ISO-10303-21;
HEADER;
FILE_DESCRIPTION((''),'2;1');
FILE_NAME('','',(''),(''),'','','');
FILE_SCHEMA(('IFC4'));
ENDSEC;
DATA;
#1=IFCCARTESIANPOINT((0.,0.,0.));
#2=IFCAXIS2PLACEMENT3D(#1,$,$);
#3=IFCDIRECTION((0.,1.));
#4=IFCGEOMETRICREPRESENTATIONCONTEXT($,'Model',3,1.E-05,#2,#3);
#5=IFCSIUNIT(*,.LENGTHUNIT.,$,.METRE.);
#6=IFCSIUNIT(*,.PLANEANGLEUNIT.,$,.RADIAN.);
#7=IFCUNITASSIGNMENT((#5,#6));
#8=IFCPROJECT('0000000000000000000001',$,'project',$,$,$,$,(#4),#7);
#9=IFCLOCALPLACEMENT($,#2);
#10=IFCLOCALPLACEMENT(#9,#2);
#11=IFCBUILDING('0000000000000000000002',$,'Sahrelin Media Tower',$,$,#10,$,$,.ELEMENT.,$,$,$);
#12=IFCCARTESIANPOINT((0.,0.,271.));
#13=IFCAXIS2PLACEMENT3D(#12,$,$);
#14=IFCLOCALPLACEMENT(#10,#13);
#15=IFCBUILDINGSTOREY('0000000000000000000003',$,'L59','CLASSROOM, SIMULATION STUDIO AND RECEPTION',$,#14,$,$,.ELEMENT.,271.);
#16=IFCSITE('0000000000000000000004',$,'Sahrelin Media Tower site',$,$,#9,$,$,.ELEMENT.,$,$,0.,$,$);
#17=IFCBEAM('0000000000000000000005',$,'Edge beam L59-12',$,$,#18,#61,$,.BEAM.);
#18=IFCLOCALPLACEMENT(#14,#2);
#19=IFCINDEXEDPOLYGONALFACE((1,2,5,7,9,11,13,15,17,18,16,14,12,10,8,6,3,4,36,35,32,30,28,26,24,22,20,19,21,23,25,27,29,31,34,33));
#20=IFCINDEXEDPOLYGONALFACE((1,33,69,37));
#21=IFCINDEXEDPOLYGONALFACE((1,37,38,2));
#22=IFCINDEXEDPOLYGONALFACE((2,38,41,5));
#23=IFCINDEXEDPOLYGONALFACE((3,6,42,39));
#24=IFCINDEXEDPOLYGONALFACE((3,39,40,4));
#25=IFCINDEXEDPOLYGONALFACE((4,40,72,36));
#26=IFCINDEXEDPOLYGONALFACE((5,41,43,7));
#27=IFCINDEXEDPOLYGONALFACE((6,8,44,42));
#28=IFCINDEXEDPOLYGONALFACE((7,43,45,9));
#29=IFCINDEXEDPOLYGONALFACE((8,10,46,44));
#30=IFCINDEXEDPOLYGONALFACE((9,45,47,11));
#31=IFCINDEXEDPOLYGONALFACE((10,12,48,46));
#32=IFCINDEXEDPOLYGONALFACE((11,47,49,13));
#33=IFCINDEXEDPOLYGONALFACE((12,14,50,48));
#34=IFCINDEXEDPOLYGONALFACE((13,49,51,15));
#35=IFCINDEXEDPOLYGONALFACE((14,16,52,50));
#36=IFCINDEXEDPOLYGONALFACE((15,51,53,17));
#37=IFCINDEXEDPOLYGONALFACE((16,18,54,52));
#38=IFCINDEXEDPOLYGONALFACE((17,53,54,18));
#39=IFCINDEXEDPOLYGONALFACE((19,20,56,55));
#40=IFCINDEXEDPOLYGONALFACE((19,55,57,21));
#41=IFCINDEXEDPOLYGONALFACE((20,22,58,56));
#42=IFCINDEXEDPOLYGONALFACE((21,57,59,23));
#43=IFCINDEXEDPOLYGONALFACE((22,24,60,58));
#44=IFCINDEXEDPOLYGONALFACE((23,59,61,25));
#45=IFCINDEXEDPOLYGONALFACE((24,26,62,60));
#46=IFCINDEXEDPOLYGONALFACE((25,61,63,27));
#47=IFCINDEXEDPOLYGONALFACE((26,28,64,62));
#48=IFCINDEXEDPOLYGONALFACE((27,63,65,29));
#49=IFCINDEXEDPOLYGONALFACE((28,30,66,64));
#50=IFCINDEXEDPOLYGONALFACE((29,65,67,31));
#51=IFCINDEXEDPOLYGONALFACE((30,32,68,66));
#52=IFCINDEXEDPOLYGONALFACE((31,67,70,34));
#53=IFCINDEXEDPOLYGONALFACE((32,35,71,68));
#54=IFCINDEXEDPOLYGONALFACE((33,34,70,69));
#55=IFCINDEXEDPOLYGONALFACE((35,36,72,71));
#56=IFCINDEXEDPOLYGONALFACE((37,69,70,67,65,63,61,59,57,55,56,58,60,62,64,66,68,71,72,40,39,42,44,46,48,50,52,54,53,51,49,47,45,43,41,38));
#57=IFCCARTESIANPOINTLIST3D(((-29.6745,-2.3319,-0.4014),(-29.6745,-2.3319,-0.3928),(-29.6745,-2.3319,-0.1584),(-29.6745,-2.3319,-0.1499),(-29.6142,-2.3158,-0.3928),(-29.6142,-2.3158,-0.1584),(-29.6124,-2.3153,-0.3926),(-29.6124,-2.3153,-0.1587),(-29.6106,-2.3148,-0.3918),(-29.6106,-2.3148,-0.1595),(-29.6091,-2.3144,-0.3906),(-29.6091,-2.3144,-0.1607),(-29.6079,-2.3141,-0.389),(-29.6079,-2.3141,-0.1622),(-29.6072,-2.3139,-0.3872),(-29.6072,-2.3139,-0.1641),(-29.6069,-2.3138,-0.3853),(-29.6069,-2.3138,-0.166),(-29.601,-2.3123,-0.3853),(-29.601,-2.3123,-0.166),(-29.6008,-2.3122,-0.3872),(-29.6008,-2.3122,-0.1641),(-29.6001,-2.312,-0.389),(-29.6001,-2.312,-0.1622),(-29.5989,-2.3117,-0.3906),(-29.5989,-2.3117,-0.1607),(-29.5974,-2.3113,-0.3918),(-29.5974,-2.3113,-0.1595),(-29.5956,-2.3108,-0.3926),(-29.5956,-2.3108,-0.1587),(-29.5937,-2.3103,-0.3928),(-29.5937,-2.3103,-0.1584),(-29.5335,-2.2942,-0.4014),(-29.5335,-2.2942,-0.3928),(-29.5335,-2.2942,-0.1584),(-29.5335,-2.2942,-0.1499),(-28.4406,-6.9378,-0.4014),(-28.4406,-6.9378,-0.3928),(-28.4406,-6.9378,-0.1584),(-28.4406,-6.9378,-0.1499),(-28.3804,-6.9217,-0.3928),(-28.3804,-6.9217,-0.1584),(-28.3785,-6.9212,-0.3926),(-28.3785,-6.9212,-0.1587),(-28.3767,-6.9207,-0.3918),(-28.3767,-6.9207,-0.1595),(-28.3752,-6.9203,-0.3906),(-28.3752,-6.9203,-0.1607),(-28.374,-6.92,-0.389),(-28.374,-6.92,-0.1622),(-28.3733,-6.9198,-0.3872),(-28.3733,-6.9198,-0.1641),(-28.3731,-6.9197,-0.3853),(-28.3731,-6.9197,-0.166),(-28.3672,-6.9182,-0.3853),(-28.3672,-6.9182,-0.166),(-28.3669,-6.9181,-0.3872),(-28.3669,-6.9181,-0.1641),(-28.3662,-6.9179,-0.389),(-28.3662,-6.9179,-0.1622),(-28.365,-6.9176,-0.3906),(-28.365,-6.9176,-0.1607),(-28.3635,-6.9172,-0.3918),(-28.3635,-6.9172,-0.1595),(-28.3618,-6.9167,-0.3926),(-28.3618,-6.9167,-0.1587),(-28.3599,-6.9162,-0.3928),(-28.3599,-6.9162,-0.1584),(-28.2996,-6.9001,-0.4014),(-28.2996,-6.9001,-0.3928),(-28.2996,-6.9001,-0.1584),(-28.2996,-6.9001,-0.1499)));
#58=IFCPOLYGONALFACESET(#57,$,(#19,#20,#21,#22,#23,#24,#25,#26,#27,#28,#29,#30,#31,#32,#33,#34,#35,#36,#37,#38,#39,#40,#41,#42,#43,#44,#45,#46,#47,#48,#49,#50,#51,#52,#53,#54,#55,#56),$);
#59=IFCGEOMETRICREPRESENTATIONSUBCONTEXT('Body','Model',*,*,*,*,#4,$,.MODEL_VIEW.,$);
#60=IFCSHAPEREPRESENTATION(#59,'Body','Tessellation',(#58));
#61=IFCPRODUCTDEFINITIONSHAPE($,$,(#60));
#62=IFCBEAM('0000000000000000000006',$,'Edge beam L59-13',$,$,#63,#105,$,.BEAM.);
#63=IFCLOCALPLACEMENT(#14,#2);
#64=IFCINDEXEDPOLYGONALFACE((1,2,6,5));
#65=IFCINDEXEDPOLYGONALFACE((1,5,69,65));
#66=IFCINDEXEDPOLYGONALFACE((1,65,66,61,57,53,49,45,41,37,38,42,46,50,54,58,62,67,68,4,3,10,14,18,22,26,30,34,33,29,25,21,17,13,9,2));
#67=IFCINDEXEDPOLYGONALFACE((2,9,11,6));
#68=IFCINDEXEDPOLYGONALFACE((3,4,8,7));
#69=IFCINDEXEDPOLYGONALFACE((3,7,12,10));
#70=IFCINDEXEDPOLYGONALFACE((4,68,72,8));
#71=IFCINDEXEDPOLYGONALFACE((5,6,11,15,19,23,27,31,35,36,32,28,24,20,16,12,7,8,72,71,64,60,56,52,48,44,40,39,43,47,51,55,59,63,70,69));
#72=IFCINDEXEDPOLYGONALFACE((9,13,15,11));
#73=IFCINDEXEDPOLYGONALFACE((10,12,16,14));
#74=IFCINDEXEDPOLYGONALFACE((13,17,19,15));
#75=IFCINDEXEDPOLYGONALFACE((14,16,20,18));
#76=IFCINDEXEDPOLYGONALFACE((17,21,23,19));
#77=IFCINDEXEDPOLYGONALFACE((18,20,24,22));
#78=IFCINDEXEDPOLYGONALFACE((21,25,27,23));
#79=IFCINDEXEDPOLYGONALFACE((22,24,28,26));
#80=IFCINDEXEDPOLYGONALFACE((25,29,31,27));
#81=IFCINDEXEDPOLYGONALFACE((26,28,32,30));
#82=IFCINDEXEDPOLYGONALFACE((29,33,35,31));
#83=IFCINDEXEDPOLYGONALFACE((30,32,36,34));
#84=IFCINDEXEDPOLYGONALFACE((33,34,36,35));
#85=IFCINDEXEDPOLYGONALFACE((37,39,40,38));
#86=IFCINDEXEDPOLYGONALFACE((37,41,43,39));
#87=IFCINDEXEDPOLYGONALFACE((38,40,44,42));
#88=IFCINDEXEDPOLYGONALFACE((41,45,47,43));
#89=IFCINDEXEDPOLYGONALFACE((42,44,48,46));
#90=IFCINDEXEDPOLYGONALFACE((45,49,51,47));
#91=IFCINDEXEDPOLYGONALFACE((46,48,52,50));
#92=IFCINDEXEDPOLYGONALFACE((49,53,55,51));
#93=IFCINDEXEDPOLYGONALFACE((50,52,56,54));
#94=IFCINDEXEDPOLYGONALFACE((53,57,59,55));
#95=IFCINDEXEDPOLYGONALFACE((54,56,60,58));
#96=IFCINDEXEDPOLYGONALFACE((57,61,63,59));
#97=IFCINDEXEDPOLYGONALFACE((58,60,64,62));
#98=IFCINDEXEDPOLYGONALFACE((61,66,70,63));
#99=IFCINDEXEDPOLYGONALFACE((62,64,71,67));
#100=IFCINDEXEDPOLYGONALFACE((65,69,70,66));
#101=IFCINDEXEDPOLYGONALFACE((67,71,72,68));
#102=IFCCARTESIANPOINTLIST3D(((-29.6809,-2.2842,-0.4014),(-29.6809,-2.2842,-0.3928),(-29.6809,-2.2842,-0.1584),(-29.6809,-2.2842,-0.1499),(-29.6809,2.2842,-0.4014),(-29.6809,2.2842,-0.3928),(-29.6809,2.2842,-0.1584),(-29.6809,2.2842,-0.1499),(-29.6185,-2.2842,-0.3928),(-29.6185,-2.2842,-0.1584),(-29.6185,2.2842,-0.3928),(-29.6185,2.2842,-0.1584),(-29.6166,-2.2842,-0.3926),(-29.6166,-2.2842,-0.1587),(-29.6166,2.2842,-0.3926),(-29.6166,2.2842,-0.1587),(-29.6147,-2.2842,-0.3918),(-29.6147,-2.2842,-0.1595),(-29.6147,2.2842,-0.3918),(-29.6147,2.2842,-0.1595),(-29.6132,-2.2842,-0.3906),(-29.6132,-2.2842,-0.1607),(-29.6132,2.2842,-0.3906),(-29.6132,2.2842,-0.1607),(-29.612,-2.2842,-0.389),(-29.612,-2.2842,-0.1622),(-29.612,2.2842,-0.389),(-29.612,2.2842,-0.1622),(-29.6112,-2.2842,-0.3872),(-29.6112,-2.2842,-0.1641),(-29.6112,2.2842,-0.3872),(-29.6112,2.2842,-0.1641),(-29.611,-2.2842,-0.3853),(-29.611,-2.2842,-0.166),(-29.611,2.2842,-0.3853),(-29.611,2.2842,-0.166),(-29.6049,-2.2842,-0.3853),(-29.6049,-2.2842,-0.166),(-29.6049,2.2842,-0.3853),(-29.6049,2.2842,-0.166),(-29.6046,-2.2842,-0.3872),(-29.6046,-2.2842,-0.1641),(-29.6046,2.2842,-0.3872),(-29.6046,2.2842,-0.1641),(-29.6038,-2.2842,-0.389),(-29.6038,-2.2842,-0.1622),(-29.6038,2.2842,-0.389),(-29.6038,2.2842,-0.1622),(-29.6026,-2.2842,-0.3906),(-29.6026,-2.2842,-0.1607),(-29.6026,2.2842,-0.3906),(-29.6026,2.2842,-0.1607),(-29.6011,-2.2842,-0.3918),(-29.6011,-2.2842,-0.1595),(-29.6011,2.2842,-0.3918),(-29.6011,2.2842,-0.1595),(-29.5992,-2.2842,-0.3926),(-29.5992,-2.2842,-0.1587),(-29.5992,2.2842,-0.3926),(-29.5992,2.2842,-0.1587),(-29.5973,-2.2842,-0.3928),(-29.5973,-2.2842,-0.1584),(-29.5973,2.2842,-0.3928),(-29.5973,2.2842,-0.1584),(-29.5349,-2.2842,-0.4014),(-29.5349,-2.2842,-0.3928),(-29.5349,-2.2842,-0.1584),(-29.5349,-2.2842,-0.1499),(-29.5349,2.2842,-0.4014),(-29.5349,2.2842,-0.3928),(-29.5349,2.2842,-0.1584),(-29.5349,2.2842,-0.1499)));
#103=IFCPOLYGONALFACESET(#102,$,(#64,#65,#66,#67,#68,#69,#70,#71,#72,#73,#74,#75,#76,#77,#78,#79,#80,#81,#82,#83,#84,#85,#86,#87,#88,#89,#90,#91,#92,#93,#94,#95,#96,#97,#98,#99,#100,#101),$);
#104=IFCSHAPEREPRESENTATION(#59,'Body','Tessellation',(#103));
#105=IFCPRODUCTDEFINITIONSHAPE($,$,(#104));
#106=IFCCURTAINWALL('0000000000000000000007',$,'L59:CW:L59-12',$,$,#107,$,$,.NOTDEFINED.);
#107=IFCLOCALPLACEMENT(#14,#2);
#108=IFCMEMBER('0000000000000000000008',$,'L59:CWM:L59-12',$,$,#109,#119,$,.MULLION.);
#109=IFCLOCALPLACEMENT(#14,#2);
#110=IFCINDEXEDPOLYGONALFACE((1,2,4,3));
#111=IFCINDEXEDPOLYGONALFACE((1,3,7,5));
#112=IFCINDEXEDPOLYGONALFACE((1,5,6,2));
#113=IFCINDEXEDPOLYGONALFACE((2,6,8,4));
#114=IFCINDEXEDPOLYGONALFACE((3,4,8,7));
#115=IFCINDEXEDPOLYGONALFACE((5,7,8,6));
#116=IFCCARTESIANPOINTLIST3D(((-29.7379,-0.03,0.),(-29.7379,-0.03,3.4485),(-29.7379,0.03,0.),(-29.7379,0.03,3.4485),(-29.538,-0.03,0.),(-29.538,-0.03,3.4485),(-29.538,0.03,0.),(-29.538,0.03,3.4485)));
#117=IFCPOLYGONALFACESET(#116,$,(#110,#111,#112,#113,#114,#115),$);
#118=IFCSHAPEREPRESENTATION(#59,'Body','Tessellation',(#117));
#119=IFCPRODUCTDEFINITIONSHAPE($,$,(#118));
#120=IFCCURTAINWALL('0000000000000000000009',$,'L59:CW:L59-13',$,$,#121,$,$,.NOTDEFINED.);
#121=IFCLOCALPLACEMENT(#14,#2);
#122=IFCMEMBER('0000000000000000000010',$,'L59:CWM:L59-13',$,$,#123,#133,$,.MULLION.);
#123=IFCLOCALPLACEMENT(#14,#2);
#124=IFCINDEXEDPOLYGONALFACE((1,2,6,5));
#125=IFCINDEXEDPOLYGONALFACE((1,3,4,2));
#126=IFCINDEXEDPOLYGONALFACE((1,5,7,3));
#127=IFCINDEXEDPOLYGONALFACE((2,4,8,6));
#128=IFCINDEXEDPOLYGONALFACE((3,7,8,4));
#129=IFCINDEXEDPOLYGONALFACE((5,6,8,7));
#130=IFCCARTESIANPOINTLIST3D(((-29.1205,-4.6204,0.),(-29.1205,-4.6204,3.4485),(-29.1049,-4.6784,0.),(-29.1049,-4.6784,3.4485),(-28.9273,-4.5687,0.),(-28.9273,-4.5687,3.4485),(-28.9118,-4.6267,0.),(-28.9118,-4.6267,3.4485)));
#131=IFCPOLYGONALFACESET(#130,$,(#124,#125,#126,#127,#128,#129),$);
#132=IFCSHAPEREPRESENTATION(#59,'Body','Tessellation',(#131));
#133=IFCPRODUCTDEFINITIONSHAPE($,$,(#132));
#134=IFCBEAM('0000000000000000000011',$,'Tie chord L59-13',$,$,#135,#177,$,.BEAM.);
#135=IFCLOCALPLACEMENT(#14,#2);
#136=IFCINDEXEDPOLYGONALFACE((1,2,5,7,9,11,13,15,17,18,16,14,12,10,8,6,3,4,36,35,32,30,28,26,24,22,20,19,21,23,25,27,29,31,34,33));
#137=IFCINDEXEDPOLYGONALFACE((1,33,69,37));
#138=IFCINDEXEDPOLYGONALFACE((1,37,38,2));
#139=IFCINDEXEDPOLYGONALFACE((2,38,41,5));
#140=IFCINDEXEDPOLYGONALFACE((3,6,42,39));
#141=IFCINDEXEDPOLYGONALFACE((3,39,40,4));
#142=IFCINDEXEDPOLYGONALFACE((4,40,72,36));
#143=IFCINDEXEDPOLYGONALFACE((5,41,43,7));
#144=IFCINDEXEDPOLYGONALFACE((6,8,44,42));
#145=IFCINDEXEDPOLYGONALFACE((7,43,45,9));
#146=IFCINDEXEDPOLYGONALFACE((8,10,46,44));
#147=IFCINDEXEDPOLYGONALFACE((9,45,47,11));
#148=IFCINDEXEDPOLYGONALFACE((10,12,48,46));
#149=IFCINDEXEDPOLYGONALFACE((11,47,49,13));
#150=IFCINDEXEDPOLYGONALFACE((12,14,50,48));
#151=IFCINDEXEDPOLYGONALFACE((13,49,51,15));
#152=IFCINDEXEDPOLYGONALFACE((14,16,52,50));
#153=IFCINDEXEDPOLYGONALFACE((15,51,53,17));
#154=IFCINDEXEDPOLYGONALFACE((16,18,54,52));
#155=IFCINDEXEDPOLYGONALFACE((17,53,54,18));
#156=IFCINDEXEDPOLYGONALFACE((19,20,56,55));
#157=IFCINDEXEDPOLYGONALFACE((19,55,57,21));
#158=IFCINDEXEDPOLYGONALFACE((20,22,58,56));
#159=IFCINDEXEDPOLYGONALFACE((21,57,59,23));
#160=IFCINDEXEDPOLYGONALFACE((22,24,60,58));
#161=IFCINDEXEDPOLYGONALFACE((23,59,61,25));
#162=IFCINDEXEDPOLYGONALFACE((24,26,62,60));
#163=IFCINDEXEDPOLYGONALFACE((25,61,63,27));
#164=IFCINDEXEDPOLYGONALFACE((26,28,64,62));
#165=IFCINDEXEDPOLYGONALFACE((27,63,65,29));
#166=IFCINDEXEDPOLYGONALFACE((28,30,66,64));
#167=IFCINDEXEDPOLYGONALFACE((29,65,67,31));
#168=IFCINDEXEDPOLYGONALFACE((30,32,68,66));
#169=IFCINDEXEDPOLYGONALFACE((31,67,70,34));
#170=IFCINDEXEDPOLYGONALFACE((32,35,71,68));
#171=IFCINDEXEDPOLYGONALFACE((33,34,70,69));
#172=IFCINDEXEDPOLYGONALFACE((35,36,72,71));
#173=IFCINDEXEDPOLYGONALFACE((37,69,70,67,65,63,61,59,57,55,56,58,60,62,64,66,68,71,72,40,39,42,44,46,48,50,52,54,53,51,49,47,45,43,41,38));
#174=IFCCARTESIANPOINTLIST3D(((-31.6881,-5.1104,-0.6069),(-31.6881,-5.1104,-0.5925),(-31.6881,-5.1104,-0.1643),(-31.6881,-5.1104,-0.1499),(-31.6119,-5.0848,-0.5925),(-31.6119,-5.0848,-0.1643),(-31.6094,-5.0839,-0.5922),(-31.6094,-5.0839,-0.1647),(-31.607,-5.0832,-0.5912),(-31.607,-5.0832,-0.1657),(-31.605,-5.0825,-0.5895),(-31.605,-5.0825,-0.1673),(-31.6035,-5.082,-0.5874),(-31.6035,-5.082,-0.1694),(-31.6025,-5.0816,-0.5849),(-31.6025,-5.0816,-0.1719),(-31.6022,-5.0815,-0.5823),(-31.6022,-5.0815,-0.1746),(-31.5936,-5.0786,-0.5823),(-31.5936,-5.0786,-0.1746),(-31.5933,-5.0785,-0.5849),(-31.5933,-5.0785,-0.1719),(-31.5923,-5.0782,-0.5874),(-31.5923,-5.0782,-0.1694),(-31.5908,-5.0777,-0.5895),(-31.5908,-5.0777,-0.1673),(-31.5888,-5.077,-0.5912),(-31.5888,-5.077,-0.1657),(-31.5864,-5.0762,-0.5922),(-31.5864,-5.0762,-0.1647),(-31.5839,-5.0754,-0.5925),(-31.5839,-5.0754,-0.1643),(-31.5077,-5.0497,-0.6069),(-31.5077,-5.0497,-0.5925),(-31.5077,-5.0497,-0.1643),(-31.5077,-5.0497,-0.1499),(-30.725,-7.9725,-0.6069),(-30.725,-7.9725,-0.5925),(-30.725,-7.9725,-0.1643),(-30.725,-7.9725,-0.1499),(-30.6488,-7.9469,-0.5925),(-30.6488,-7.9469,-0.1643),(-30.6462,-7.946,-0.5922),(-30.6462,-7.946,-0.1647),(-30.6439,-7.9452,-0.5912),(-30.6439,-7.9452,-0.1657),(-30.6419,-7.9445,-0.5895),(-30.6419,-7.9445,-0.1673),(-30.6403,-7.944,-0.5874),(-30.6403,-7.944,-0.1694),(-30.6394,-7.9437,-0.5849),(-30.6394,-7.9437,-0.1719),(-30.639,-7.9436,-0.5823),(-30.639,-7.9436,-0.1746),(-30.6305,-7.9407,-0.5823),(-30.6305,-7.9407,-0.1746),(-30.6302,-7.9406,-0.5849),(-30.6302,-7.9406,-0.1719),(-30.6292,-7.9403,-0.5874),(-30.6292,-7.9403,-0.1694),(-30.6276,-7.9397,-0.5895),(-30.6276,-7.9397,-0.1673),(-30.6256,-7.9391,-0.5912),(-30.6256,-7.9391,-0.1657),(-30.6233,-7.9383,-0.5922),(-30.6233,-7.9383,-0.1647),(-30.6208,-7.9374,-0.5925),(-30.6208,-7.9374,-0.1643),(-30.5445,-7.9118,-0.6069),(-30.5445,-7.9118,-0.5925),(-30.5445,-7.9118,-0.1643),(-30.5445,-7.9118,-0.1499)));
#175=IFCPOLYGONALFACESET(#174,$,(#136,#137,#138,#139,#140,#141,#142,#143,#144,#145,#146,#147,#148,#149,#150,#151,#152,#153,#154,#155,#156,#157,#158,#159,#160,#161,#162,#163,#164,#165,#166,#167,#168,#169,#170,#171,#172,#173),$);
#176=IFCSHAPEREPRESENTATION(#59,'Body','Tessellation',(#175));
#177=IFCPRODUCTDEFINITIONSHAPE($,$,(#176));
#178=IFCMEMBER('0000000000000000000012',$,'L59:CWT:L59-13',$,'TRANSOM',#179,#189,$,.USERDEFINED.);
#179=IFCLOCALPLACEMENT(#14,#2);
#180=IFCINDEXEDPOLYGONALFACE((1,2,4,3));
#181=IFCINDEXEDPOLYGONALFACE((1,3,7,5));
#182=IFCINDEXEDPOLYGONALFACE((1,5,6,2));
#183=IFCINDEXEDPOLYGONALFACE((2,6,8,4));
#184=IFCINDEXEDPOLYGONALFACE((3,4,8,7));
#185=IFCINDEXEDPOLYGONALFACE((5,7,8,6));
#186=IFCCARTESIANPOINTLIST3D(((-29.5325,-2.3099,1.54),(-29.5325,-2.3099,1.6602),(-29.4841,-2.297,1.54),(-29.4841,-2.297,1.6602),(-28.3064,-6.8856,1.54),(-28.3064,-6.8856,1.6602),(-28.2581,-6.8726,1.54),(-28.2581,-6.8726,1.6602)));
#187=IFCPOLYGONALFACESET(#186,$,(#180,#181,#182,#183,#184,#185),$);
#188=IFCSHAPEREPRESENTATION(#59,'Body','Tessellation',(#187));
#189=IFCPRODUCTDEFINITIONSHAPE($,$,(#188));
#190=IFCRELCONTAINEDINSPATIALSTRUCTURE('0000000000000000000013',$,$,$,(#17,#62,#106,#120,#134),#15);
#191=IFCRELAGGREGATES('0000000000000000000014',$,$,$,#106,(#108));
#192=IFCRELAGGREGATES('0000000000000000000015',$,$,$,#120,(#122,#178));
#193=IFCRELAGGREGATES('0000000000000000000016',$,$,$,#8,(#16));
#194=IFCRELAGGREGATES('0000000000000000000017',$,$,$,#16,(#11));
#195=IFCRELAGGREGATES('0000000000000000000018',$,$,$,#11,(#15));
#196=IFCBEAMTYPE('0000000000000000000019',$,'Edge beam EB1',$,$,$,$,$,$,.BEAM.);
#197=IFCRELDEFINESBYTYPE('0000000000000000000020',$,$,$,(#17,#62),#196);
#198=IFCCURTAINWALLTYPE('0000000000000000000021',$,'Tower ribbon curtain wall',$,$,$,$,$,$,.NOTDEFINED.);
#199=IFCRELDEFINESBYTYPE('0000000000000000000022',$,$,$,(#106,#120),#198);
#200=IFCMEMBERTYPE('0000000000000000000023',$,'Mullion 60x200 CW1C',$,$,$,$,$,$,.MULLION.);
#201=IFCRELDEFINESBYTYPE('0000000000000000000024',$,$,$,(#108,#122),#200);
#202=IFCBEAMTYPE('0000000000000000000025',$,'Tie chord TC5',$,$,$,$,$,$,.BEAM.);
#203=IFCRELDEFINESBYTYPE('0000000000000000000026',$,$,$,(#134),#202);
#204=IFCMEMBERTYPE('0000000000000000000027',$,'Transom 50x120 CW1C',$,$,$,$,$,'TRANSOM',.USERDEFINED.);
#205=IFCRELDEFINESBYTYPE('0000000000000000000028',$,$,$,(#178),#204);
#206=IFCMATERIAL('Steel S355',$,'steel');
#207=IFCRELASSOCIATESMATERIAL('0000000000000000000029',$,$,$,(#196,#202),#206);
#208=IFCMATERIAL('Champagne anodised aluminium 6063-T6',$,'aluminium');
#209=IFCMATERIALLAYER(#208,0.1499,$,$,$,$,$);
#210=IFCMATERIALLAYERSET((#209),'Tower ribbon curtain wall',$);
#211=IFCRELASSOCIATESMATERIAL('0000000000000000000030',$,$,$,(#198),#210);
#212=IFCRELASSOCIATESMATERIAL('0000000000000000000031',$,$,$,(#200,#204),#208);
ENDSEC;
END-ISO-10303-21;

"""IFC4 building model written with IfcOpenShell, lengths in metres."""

from ifc_helpers import new_model, si_unit, direction, frame, origin, origin_2d, place, context, subcontext, project, spatial, rectangle, i_section, extrude, material, layer, layer_set, material_profile, profile_set, type_object, element, aggregate, save


model = new_model("IFC4")

# Units and contexts
model_context = context("Model", 3, precision=1e-05, world=origin(), true_north=direction((0.0, 1.0)))
body_context = subcontext(model_context, "Body", "Model", "MODEL_VIEW")
ifc_project = project(units=[si_unit("LENGTHUNIT", "METRE"), si_unit("PLANEANGLEUNIT", "RADIAN")], contexts=[model_context])

# Site, building, storey
site_placement = place(None, origin())
site = spatial("IfcSite", under=ifc_project, at=site_placement, Name="Sahrelin Media Tower site", CompositionType="ELEMENT", RefElevation=0.0)
building_placement = place(site_placement, origin())
building = spatial("IfcBuilding", under=site, at=building_placement, Name="Sahrelin Media Tower", CompositionType="ELEMENT")
storey_placement = place(building_placement, frame((0.0, 0.0, 271.0)))
storey = spatial("IfcBuildingStorey", under=building, at=storey_placement, Name="L59", Description="CLASSROOM, SIMULATION STUDIO AND RECEPTION", CompositionType="ELEMENT", Elevation=271.0)

# Beams
ifc_material_1 = material(Name="Steel S355", Category="steel")
ifc_material_profile_1 = material_profile(ifc_material_1, i_section(OverallWidth=0.146, OverallDepth=0.2515, WebThickness=0.0061, FlangeThickness=0.0085, FilletRadius=0.0076, at=origin_2d()), Name="UB 254x146x31")
ifc_profile_set_1 = profile_set([ifc_material_profile_1], Name="Steel S355")
beam_type_1 = type_object("IfcBeamType", Name="Edge beam EB1", PredefinedType="BEAM", material=ifc_profile_set_1)
beam_1_placement = place(storey_placement, frame((-28.3701, -6.9189, -0.2756), z_axis=(-0.258765, 0.96594, 0.0), x_axis=(-0.96594, -0.258765, 0.0)))
element("IfcBeam", 1, at=beam_1_placement, inside=storey, type_object=beam_type_1, Name="Edge beam L59-12", PredefinedType="BEAM", context=body_context, shape_type="SweptSolid", body=[
    extrude(i_section(OverallWidth=0.146, OverallDepth=0.2515, WebThickness=0.0061, FlangeThickness=0.0085, FilletRadius=0.0076, at=origin_2d()), origin(), (0.0, 0.0, 1.0), 4.7683),
])
beam_2_placement = place(storey_placement, frame((-29.6079, -2.2842, -0.2756), z_axis=(0.0, 1.0, 0.0), x_axis=(-1.0, 0.0, 0.0)))
element("IfcBeam", 2, at=beam_2_placement, inside=storey, type_object=beam_type_1, Name="Edge beam L59-13", PredefinedType="BEAM", context=body_context, shape_type="SweptSolid", body=[
    extrude(i_section(OverallWidth=0.146, OverallDepth=0.2515, WebThickness=0.0061, FlangeThickness=0.0085, FilletRadius=0.0076, at=origin_2d()), origin(), (0.0, 0.0, 1.0), 4.5684),
])

# Curtain walls, members
ifc_material_2 = material(Name="Champagne anodised aluminium 6063-T6", Category="aluminium")
ifc_layer_1 = layer(ifc_material_2, 0.1499)
ifc_layer_set_1 = layer_set([ifc_layer_1], Name="Tower ribbon curtain wall")
curtain_wall_type = type_object("IfcCurtainWallType", Name="Tower ribbon curtain wall", PredefinedType="NOTDEFINED", material=ifc_layer_set_1)
curtain_wall_1_placement = place(storey_placement, frame((-29.7578, 0.0, 0.0), z_axis=(0.0, 0.0, 1.0), x_axis=(1.0, 0.0, 0.0)))
curtain_wall_1 = element("IfcCurtainWall", 3, at=curtain_wall_1_placement, inside=storey, type_object=curtain_wall_type, Name="L59:CW:L59-12", PredefinedType="NOTDEFINED")
ifc_material_profile_2 = material_profile(ifc_material_2, rectangle(XDim=0.0601, YDim=0.2, at=origin_2d()), Name="Mullion 60x200")
ifc_profile_set_2 = profile_set([ifc_material_profile_2], Name="Champagne anodised aluminium 6063-T6")
member_type_1 = type_object("IfcMemberType", Name="Mullion 60x200 CW1C", PredefinedType="MULLION", material=ifc_profile_set_2)
member_1_placement = place(storey_placement, frame((-29.6379, 0.0, 0.0), z_axis=(0.0, 0.0, 1.0), x_axis=(0.0, -1.0, 0.0)))
member_1 = element("IfcMember", 4, at=member_1_placement, type_object=member_type_1, Name="L59:CWM:L59-12", PredefinedType="MULLION", context=body_context, shape_type="SweptSolid", body=[
    extrude(rectangle(XDim=0.0601, YDim=0.2, at=origin_2d()), origin(), (0.0, 0.0, 1.0), 3.4485),
])
aggregate(curtain_wall_1, [member_1])
curtain_wall_2_placement = place(storey_placement, frame((-29.1318, -4.6548, 0.0), z_axis=(0.0, 0.0, 1.0), x_axis=(1.0, 0.0, 0.0)))
curtain_wall_2 = element("IfcCurtainWall", 5, at=curtain_wall_2_placement, inside=storey, type_object=curtain_wall_type, Name="L59:CW:L59-13", PredefinedType="NOTDEFINED")
member_2_placement = place(storey_placement, frame((-29.0161, -4.6235, 0.0), z_axis=(0.0, 0.0, 1.0), x_axis=(0.258817, -0.965926, 0.0)))
member_2 = element("IfcMember", 6, at=member_2_placement, type_object=member_type_1, Name="L59:CWM:L59-13", PredefinedType="MULLION", context=body_context, shape_type="SweptSolid", body=[
    extrude(rectangle(XDim=0.0601, YDim=0.2, at=origin_2d()), origin(), (0.0, 0.0, 1.0), 3.4485),
])

# Beam
ifc_material_profile_3 = material_profile(ifc_material_1, i_section(OverallWidth=0.1904, OverallDepth=0.457, WebThickness=0.009, FlangeThickness=0.0144, FilletRadius=0.0103, at=origin_2d()), Name="UB 457x191x74")
ifc_profile_set_3 = profile_set([ifc_material_profile_3], Name="Steel S355")
beam_type_2 = type_object("IfcBeamType", Name="Tie chord TC5", PredefinedType="BEAM", material=ifc_profile_set_3)
beam_3_placement = place(storey_placement, frame((-31.5979, -5.0801, -0.3784), z_axis=(0.318943, -0.947774, 0.0), x_axis=(0.947774, 0.318943, 0.0)))
element("IfcBeam", 7, at=beam_3_placement, inside=storey, type_object=beam_type_2, Name="Tie chord L59-13", PredefinedType="BEAM", context=body_context, shape_type="SweptSolid", body=[
    extrude(i_section(OverallWidth=0.1904, OverallDepth=0.457, WebThickness=0.009, FlangeThickness=0.0144, FilletRadius=0.0103, at=origin_2d()), origin(), (0.0, 0.0, 1.0), 3.0198),
])

# Member
ifc_material_profile_4 = material_profile(ifc_material_2, rectangle(XDim=0.05, YDim=0.1201, at=origin_2d()), Name="Transom 50x120")
ifc_profile_set_4 = profile_set([ifc_material_profile_4], Name="Champagne anodised aluminium 6063-T6")
member_type_2 = type_object("IfcMemberType", Name="Transom 50x120 CW1C", ElementType="TRANSOM", PredefinedType="USERDEFINED", material=ifc_profile_set_4)
member_3_placement = place(storey_placement, frame((-29.5083, -2.3035, 1.6001), z_axis=(0.258824, -0.965925, 0.0), x_axis=(0.965925, 0.258824, 0.0)))
member_3 = element("IfcMember", 8, at=member_3_placement, type_object=member_type_2, Name="L59:CWT:L59-13", ObjectType="TRANSOM", PredefinedType="USERDEFINED", context=body_context, shape_type="SweptSolid", body=[
    extrude(rectangle(XDim=0.05, YDim=0.1201, at=origin_2d()), origin(), (0.0, 0.0, 1.0), 4.7371),
])

aggregate(curtain_wall_2, [member_2, member_3])

save(model, "model.ifc")
